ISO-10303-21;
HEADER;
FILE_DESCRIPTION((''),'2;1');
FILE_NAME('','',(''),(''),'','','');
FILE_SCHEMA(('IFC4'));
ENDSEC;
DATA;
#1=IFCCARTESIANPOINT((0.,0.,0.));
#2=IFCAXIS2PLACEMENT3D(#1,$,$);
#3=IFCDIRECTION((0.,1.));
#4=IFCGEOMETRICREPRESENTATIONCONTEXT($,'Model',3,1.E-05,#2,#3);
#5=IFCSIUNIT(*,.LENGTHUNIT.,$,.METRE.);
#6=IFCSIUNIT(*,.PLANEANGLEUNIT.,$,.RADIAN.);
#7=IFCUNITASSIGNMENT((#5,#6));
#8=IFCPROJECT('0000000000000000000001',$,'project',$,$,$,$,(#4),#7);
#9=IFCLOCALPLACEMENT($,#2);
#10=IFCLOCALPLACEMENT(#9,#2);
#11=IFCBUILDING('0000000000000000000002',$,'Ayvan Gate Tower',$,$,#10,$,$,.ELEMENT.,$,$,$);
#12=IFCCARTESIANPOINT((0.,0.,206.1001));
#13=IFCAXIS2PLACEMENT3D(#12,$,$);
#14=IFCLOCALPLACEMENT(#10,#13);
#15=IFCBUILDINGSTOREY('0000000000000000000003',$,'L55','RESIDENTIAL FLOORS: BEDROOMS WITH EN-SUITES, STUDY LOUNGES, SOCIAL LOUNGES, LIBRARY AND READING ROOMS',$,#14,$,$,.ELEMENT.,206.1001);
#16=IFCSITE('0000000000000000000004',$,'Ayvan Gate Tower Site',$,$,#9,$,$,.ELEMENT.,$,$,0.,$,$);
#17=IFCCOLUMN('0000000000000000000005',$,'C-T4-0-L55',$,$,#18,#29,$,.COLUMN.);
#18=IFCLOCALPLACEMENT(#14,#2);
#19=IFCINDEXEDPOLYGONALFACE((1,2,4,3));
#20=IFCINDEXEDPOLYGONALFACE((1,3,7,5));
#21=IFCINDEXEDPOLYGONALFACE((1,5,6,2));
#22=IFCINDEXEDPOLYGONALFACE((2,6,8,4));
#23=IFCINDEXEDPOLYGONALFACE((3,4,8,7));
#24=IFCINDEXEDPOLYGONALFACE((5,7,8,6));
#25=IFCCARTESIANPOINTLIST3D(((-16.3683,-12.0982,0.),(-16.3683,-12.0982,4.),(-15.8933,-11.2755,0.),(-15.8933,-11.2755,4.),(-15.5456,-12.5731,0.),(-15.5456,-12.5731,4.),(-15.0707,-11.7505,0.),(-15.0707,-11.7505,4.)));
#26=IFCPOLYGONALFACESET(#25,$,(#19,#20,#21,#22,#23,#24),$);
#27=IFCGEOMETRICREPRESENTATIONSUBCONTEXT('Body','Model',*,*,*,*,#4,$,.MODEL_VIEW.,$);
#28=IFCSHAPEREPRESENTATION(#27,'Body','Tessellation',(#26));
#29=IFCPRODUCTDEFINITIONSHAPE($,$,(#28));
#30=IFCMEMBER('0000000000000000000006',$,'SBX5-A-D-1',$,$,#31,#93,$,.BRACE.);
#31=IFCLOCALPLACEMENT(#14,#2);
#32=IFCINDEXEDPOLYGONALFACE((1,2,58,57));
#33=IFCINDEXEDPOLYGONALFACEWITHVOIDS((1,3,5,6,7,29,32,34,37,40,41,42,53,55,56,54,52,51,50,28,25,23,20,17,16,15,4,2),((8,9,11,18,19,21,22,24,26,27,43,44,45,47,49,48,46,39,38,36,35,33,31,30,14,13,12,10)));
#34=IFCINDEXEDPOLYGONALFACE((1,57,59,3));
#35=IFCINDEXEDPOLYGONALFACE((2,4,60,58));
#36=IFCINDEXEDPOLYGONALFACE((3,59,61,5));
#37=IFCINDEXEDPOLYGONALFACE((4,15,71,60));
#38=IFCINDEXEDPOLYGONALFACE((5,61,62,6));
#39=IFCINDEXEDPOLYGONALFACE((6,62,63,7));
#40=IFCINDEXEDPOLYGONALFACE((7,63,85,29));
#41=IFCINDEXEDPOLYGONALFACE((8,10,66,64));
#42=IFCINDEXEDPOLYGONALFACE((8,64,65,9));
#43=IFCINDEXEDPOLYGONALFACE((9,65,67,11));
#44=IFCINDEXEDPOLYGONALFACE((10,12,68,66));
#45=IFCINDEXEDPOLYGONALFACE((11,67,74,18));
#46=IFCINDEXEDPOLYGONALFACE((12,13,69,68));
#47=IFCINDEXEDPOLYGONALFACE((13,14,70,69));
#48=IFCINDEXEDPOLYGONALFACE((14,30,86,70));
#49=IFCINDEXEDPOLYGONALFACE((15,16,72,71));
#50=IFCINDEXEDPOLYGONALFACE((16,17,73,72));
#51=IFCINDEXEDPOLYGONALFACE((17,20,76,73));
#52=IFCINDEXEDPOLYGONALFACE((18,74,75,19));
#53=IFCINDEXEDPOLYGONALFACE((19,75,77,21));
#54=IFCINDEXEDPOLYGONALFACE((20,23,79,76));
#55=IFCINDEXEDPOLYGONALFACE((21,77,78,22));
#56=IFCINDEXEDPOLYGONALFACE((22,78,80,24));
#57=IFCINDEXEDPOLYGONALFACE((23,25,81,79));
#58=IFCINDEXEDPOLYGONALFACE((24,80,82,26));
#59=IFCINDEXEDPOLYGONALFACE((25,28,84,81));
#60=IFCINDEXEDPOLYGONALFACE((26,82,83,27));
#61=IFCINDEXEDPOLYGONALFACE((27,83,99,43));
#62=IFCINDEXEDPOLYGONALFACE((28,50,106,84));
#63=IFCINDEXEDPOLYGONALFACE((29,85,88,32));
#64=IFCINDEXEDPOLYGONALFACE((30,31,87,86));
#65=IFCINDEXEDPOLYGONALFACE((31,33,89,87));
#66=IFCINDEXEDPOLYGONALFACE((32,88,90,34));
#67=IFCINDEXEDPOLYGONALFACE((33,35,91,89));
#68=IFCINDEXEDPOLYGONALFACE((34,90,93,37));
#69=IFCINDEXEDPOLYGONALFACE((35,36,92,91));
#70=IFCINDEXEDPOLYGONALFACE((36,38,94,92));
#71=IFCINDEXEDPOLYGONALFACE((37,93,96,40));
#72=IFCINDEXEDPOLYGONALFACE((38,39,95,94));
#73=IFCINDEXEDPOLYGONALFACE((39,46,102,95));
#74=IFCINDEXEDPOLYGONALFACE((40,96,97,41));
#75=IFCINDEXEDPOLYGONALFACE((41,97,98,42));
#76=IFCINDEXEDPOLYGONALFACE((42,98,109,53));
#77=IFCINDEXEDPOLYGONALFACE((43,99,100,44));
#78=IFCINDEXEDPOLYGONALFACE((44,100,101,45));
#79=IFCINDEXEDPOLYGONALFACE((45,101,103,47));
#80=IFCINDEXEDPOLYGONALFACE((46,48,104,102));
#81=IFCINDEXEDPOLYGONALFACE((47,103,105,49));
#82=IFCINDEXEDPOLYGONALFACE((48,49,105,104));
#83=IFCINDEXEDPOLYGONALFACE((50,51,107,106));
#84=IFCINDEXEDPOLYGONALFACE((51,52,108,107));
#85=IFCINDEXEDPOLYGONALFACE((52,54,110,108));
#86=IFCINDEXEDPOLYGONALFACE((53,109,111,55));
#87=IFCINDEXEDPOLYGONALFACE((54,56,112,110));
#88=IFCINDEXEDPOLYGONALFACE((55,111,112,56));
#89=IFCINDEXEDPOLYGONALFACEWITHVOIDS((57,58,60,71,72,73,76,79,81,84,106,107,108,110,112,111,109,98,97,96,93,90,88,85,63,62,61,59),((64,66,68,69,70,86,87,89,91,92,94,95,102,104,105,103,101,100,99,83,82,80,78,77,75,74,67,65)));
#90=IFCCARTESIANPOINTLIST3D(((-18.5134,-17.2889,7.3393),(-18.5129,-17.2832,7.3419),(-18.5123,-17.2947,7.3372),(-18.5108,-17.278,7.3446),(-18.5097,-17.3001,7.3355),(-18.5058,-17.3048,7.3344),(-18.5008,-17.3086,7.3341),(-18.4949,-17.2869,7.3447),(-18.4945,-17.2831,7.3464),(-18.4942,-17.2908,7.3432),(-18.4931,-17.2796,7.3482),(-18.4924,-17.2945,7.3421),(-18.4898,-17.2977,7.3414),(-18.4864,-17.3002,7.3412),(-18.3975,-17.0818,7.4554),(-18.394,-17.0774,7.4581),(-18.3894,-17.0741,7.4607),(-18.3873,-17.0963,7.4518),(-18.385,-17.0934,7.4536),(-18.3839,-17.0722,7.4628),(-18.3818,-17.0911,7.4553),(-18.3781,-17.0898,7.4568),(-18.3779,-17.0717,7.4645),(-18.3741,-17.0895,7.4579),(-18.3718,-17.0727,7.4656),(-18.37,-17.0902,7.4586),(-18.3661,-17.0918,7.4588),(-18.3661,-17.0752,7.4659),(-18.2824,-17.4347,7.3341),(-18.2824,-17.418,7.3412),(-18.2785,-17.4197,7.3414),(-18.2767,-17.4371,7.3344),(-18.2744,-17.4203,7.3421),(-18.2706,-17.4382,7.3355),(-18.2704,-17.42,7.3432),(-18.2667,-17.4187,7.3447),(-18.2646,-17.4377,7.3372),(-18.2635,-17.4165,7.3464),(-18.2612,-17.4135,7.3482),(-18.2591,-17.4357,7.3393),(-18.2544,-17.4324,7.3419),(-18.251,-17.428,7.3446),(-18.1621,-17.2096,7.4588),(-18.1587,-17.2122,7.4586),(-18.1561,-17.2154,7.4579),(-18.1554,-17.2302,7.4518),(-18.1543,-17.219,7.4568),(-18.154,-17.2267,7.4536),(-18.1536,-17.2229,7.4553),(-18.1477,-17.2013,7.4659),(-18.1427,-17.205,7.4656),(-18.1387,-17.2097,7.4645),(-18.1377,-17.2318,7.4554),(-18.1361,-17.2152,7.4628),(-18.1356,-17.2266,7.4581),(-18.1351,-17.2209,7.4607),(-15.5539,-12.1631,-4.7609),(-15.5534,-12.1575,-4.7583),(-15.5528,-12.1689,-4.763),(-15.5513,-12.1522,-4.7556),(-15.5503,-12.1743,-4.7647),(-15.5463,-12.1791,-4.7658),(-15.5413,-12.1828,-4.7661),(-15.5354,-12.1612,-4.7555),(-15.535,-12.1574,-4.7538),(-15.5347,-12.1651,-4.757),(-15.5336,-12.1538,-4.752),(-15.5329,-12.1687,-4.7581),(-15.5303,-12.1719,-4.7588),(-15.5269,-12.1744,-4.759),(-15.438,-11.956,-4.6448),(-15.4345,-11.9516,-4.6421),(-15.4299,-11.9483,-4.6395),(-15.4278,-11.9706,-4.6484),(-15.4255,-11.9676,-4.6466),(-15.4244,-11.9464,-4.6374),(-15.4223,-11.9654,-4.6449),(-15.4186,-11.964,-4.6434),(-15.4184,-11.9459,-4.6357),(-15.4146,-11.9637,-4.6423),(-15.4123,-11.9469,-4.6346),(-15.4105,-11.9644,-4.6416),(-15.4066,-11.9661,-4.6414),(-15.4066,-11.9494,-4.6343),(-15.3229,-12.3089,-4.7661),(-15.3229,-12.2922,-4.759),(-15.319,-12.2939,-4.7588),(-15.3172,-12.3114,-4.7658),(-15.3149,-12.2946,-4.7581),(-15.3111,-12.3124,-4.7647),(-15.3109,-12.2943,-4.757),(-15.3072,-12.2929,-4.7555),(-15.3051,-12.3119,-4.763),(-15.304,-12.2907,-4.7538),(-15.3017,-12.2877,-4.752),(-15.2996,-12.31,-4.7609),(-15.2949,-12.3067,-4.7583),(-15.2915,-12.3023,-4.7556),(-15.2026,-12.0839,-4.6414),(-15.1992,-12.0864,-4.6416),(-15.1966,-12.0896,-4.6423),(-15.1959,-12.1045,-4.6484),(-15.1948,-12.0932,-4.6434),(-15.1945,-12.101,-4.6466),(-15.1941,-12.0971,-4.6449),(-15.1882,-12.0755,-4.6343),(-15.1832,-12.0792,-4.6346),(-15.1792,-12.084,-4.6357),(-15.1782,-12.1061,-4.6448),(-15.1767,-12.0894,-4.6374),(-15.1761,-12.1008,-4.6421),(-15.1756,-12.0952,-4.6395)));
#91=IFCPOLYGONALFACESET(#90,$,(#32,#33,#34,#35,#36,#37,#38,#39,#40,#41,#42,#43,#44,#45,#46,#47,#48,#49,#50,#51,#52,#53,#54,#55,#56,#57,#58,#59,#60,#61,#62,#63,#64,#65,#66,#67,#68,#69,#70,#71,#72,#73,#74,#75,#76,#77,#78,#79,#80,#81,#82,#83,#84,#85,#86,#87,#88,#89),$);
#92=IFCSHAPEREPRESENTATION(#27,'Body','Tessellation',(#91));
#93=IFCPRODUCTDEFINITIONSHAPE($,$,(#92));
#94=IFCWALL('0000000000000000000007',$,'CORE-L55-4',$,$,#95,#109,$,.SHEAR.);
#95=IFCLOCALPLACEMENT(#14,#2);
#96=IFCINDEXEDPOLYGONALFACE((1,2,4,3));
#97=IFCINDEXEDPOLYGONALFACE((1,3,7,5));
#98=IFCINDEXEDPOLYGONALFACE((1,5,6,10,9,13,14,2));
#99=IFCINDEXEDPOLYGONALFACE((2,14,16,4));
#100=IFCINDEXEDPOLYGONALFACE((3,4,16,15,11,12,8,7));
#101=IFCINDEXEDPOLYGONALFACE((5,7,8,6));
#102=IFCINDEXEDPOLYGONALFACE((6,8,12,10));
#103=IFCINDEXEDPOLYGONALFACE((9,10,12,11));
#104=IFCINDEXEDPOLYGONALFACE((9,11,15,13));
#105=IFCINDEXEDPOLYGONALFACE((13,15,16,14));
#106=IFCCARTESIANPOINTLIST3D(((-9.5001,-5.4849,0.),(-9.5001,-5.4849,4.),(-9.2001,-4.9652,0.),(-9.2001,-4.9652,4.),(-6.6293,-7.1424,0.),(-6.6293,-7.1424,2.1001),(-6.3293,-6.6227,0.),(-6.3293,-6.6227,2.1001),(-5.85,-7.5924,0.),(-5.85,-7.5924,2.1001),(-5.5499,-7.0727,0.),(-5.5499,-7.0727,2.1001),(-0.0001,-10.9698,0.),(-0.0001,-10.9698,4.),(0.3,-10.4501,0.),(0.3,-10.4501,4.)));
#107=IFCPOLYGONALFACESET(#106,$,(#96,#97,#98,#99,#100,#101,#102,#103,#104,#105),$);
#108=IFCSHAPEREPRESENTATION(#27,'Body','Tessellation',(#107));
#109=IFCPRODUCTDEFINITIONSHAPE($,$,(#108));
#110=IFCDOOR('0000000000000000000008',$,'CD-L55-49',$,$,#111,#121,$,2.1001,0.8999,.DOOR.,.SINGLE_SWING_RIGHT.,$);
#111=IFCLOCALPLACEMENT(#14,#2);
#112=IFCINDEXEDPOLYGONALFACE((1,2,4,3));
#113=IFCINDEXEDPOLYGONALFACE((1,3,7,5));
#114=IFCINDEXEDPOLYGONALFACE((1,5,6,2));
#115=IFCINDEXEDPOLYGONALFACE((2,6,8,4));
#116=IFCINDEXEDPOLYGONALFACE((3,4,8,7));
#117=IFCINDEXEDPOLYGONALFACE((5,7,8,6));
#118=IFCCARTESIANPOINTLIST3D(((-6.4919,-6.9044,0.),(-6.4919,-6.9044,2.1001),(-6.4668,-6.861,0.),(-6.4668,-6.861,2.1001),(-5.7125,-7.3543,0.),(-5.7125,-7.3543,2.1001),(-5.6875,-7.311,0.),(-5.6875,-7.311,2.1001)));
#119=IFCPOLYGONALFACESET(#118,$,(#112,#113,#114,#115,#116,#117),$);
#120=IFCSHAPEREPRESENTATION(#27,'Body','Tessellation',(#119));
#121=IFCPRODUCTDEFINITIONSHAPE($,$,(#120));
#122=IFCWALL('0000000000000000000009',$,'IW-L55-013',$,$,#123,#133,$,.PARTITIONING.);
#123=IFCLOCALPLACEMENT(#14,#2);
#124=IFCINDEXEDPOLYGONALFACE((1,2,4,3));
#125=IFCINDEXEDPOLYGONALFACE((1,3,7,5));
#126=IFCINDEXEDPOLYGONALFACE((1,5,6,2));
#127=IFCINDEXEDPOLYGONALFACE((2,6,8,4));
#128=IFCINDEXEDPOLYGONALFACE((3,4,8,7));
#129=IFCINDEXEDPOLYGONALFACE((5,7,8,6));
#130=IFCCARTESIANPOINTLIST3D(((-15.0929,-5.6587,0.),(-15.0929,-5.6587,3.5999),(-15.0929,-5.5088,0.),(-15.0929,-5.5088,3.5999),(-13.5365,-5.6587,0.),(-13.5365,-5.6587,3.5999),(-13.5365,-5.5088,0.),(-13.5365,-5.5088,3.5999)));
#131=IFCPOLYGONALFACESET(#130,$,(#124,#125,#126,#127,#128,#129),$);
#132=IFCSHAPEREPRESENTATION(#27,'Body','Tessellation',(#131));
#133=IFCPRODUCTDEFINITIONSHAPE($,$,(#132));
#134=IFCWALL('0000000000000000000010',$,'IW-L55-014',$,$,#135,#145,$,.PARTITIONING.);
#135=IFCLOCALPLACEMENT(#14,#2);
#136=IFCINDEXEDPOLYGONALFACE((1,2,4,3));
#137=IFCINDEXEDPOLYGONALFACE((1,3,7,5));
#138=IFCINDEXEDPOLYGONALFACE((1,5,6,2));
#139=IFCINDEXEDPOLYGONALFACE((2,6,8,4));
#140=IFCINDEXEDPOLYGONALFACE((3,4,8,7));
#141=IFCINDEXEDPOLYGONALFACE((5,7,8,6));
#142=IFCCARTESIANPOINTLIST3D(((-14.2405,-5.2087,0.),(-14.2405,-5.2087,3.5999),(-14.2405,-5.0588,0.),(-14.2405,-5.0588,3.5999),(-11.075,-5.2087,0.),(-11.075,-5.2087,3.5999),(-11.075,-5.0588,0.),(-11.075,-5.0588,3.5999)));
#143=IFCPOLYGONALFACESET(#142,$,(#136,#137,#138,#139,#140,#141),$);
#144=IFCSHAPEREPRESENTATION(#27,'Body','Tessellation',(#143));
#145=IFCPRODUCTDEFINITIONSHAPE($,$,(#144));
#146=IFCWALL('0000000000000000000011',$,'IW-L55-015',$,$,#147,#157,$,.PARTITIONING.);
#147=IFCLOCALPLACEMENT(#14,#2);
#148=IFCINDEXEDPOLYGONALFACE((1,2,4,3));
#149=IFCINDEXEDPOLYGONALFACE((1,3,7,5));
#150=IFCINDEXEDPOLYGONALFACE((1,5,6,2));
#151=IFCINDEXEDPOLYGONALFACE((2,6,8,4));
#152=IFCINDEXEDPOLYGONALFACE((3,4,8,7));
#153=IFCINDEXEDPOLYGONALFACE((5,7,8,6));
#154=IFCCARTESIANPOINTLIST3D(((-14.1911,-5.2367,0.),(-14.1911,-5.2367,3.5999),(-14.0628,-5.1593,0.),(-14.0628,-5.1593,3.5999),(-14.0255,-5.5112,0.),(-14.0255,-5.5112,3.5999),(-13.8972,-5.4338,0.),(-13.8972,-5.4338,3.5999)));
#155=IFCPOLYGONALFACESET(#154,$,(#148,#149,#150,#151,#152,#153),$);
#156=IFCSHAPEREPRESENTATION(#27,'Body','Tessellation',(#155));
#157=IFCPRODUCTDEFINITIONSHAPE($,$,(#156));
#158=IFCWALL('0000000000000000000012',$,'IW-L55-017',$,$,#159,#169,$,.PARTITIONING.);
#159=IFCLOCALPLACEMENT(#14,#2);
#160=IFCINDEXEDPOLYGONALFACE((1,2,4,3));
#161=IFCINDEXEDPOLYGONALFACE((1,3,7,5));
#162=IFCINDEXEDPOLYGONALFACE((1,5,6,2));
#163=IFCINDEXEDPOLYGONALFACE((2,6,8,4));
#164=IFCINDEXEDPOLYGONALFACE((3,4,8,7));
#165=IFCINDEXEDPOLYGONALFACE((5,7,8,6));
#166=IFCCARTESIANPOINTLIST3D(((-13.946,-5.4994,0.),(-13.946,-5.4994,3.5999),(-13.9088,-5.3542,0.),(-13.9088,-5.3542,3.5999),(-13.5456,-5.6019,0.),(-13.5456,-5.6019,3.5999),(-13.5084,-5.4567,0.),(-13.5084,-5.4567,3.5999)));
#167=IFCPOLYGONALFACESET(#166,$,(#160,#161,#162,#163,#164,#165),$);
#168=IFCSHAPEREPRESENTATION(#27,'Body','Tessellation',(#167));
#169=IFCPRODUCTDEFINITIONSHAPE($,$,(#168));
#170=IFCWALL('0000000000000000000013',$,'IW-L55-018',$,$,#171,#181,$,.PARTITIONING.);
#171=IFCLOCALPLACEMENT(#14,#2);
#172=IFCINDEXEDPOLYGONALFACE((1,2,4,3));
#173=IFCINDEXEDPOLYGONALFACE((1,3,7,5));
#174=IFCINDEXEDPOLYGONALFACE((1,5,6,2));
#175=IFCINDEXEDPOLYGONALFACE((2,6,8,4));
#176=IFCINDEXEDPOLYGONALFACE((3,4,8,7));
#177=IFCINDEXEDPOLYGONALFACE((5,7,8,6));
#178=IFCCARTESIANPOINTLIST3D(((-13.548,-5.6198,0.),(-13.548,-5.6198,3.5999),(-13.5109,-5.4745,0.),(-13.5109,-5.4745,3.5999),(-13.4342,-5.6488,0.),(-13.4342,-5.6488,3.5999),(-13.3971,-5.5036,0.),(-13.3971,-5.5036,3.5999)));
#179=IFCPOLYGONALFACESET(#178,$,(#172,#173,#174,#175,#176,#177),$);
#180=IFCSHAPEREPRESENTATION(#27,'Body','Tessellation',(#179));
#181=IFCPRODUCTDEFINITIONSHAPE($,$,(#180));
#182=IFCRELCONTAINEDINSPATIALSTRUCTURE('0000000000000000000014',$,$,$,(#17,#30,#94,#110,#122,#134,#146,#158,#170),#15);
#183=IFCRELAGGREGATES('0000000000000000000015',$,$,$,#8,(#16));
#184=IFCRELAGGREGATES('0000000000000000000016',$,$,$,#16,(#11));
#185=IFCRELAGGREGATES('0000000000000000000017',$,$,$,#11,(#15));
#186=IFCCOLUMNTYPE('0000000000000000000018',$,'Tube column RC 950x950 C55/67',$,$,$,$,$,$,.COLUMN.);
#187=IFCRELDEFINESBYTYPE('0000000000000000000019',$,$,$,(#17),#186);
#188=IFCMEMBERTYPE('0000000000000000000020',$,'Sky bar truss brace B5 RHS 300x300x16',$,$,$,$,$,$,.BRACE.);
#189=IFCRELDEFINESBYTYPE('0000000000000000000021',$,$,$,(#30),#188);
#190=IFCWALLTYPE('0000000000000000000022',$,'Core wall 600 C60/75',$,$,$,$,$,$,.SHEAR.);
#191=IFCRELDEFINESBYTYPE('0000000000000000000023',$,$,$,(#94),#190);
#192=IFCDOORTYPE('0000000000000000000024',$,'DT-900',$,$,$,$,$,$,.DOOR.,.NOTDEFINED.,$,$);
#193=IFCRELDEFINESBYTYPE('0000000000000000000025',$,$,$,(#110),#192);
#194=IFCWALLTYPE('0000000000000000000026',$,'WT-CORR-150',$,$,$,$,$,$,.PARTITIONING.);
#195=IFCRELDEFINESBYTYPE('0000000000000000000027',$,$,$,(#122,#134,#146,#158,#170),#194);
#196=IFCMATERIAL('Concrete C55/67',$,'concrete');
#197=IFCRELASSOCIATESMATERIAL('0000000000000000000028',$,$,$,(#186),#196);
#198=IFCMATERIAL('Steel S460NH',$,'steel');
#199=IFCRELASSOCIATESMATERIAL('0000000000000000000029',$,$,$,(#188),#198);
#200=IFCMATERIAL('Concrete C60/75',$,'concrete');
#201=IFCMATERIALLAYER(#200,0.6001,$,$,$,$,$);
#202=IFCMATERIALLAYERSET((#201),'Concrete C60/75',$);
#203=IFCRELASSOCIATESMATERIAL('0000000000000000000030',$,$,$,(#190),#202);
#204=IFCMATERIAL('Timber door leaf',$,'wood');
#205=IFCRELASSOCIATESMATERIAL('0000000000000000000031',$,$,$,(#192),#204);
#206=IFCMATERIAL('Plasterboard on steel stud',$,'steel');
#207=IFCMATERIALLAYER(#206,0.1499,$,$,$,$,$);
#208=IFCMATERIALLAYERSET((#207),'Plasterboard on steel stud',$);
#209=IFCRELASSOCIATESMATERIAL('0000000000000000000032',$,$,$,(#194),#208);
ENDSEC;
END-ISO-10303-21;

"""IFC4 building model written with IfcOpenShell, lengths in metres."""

from ifc_helpers import new_model, si_unit, direction, frame, frame_2d, origin, origin_2d, place, context, subcontext, project, spatial, rectangle, hollow_rectangle, extrude, material, layer, layer_set, material_profile, profile_set, type_object, element, fill, save


model = new_model("IFC4")

# Units and contexts
model_context = context("Model", 3, precision=1e-05, world=origin(), true_north=direction((0.0, 1.0)))
body_context = subcontext(model_context, "Body", "Model", "MODEL_VIEW")
ifc_project = project(units=[si_unit("LENGTHUNIT", "METRE"), si_unit("PLANEANGLEUNIT", "RADIAN")], contexts=[model_context])

# Site, building, storey
site_placement = place(None, origin())
site = spatial("IfcSite", under=ifc_project, at=site_placement, Name="Ayvan Gate Tower Site", CompositionType="ELEMENT", RefElevation=0.0)
building_placement = place(site_placement, origin())
building = spatial("IfcBuilding", under=site, at=building_placement, Name="Ayvan Gate Tower", CompositionType="ELEMENT")
storey_placement = place(building_placement, frame((0.0, 0.0, 206.1001)))
storey = spatial("IfcBuildingStorey", under=building, at=storey_placement, Name="L55", Description="RESIDENTIAL FLOORS: BEDROOMS WITH EN-SUITES, STUDY LOUNGES, SOCIAL LOUNGES, LIBRARY AND READING ROOMS", CompositionType="ELEMENT", Elevation=206.1001)

# Column
ifc_material_1 = material(Name="Concrete C55/67", Category="concrete")
ifc_material_profile_1 = material_profile(ifc_material_1, rectangle(XDim=0.95, YDim=0.95, at=origin_2d()), Name="RC 950x950")
ifc_profile_set_1 = profile_set([ifc_material_profile_1], Name="Concrete C55/67")
column_type = type_object("IfcColumnType", Name="Tube column RC 950x950 C55/67", PredefinedType="COLUMN", material=ifc_profile_set_1)
column_placement = place(storey_placement, frame((-15.7195, -11.9243, 0.0), z_axis=(0.0, 0.0, 1.0), x_axis=(-0.5, -0.866025, 0.0)))
element("IfcColumn", 1, at=column_placement, inside=storey, type_object=column_type, Name="C-T4-0-L55", PredefinedType="COLUMN", context=body_context, shape_type="SweptSolid", body=[
    extrude(rectangle(XDim=0.95, YDim=0.95, at=origin_2d()), origin(), (0.0, 0.0, 1.0), 4.0),
])

# Member
ifc_material_2 = material(Name="Steel S460NH", Category="steel")
ifc_material_profile_2 = material_profile(ifc_material_2, hollow_rectangle(XDim=0.3, YDim=0.3, WallThickness=0.0161, InnerFilletRadius=0.0161, OuterFilletRadius=0.0239, at=origin_2d()), Name="RHS 300x300x16")
ifc_profile_set_2 = profile_set([ifc_material_profile_2], Name="Steel S460NH")
member_type = type_object("IfcMemberType", Name="Sky bar truss brace B5 RHS 300x300x16", PredefinedType="BRACE", material=ifc_profile_set_2)
member_placement = place(storey_placement, frame((-15.3647, -12.1292, -4.7002), z_axis=(-0.219707, -0.380526, 0.898292), x_axis=(0.866016, -0.500016, 0.0)))
element("IfcMember", 2, at=member_placement, inside=storey, type_object=member_type, Name="SBX5-A-D-1", PredefinedType="BRACE", context=body_context, shape_type="SweptSolid", body=[
    extrude(hollow_rectangle(XDim=0.3, YDim=0.3, WallThickness=0.0161, InnerFilletRadius=0.0161, OuterFilletRadius=0.0239, at=origin_2d()), origin(), (0.0, 0.0, 1.0), 13.4702),
])

# Wall, opening, door
ifc_material_3 = material(Name="Concrete C60/75", Category="concrete")
ifc_layer_1 = layer(ifc_material_3, 0.6001)
ifc_layer_set_1 = layer_set([ifc_layer_1], Name="Concrete C60/75")
wall_type_1 = type_object("IfcWallType", Name="Core wall 600 C60/75", PredefinedType="SHEAR", material=ifc_layer_set_1)
wall_1_placement = place(storey_placement, frame((-9.3501, -5.2251, 0.0), z_axis=(0.0, 0.0, 1.0), x_axis=(0.866024, -0.500002, 0.0)))
wall_1 = element("IfcWall", 3, at=wall_1_placement, inside=storey, type_object=wall_type_1, Name="CORE-L55-4", PredefinedType="SHEAR", context=body_context, shape_type="SweptSolid", body=[
    extrude(rectangle(XDim=10.9697, YDim=0.6001, at=frame_2d((5.4849, 0.0))), origin(), (0.0, 0.0, 1.0), 4.0),
])
opening_1_placement = place(wall_1_placement, frame((3.3149, 0.0, 0.0)))
opening_1 = element("IfcOpeningElement", 4, at=opening_1_placement, cuts=wall_1, PredefinedType="OPENING", context=body_context, shape_type="SweptSolid", body=[
    extrude(rectangle(XDim=0.8999, YDim=2.1001, at=frame_2d((0.45, 1.05))), frame((0.0, 0.3101, 0.0), z_axis=(0.0, -1.0, 0.0), x_axis=(1.0, 0.0, 0.0)), (0.0, 0.0, 1.0), 0.6201),
])
ifc_material_4 = material(Name="Timber door leaf", Category="wood")
door_type_1 = type_object("IfcDoorType", Name="DT-900", OperationType="NOTDEFINED", PredefinedType="DOOR", material=ifc_material_4)
door_1_placement = place(opening_1_placement, origin())
door_1 = element("IfcDoor", 5, at=door_1_placement, inside=storey, type_object=door_type_1, Name="CD-L55-49", OperationType="SINGLE_SWING_RIGHT", OverallHeight=2.1001, OverallWidth=0.8999, PredefinedType="DOOR", context=body_context, shape_type="SweptSolid", body=[
    extrude(rectangle(XDim=0.8999, YDim=2.1001, at=frame_2d((0.45, 1.05))), frame((0.0, 0.0249, 0.0), z_axis=(0.0, -1.0, 0.0), x_axis=(1.0, 0.0, 0.0)), (0.0, 0.0, 1.0), 0.05),
])
fill(opening_1, door_1)

# Walls
ifc_material_5 = material(Name="Plasterboard on steel stud", Category="steel")
ifc_layer_2 = layer(ifc_material_5, 0.1499)
ifc_layer_set_2 = layer_set([ifc_layer_2], Name="Plasterboard on steel stud")
wall_type_2 = type_object("IfcWallType", Name="WT-CORR-150", PredefinedType="PARTITIONING", material=ifc_layer_set_2)
wall_2_placement = place(storey_placement, frame((-15.093, -5.5837, 0.0), z_axis=(0.0, 0.0, 1.0), x_axis=(1.0, 0.0, 0.0)))
element("IfcWall", 6, at=wall_2_placement, inside=storey, type_object=wall_type_2, Name="IW-L55-013", PredefinedType="PARTITIONING", context=body_context, shape_type="SweptSolid", body=[
    extrude(rectangle(XDim=1.5564, YDim=0.1499, at=frame_2d((0.7783, 0.0))), origin(), (0.0, 0.0, 1.0), 3.5999),
])
wall_3_placement = place(storey_placement, frame((-14.2405, -5.1338, 0.0), z_axis=(0.0, 0.0, 1.0), x_axis=(1.0, 0.0, 0.0)))
element("IfcWall", 7, at=wall_3_placement, inside=storey, type_object=wall_type_2, Name="IW-L55-014", PredefinedType="PARTITIONING", context=body_context, shape_type="SweptSolid", body=[
    extrude(rectangle(XDim=3.1655, YDim=0.1499, at=frame_2d((1.5828, 0.0))), origin(), (0.0, 0.0, 1.0), 3.5999),
])
wall_4_placement = place(storey_placement, frame((-13.9614, -5.4724, 0.0), z_axis=(0.0, 0.0, 1.0), x_axis=(-0.516511, 0.856281, 0.0)))
element("IfcWall", 8, at=wall_4_placement, inside=storey, type_object=wall_type_2, Name="IW-L55-015", PredefinedType="PARTITIONING", context=body_context, shape_type="SweptSolid", body=[
    extrude(rectangle(XDim=0.3206, YDim=0.1499, at=frame_2d((0.1602, 0.0))), origin(), (0.0, 0.0, 1.0), 3.5999),
])
wall_5_placement = place(storey_placement, frame((-13.5271, -5.5293, 0.0), z_axis=(0.0, 0.0, 1.0), x_axis=(-0.968737, 0.248091, 0.0)))
element("IfcWall", 9, at=wall_5_placement, inside=storey, type_object=wall_type_2, Name="IW-L55-017", PredefinedType="PARTITIONING", context=body_context, shape_type="SweptSolid", body=[
    extrude(rectangle(XDim=0.4133, YDim=0.1499, at=frame_2d((0.2065, 0.0))), origin(), (0.0, 0.0, 1.0), 3.5999),
])
wall_6_placement = place(storey_placement, frame((-13.4158, -5.5762, 0.0), z_axis=(0.0, 0.0, 1.0), x_axis=(-0.968907, 0.247425, 0.0)))
element("IfcWall", 10, at=wall_6_placement, inside=storey, type_object=wall_type_2, Name="IW-L55-018", PredefinedType="PARTITIONING", context=body_context, shape_type="SweptSolid", body=[
    extrude(rectangle(XDim=0.1174, YDim=0.1499, at=frame_2d((0.0586, 0.0))), origin(), (0.0, 0.0, 1.0), 3.5999),
])

save(model, "model.ifc")
